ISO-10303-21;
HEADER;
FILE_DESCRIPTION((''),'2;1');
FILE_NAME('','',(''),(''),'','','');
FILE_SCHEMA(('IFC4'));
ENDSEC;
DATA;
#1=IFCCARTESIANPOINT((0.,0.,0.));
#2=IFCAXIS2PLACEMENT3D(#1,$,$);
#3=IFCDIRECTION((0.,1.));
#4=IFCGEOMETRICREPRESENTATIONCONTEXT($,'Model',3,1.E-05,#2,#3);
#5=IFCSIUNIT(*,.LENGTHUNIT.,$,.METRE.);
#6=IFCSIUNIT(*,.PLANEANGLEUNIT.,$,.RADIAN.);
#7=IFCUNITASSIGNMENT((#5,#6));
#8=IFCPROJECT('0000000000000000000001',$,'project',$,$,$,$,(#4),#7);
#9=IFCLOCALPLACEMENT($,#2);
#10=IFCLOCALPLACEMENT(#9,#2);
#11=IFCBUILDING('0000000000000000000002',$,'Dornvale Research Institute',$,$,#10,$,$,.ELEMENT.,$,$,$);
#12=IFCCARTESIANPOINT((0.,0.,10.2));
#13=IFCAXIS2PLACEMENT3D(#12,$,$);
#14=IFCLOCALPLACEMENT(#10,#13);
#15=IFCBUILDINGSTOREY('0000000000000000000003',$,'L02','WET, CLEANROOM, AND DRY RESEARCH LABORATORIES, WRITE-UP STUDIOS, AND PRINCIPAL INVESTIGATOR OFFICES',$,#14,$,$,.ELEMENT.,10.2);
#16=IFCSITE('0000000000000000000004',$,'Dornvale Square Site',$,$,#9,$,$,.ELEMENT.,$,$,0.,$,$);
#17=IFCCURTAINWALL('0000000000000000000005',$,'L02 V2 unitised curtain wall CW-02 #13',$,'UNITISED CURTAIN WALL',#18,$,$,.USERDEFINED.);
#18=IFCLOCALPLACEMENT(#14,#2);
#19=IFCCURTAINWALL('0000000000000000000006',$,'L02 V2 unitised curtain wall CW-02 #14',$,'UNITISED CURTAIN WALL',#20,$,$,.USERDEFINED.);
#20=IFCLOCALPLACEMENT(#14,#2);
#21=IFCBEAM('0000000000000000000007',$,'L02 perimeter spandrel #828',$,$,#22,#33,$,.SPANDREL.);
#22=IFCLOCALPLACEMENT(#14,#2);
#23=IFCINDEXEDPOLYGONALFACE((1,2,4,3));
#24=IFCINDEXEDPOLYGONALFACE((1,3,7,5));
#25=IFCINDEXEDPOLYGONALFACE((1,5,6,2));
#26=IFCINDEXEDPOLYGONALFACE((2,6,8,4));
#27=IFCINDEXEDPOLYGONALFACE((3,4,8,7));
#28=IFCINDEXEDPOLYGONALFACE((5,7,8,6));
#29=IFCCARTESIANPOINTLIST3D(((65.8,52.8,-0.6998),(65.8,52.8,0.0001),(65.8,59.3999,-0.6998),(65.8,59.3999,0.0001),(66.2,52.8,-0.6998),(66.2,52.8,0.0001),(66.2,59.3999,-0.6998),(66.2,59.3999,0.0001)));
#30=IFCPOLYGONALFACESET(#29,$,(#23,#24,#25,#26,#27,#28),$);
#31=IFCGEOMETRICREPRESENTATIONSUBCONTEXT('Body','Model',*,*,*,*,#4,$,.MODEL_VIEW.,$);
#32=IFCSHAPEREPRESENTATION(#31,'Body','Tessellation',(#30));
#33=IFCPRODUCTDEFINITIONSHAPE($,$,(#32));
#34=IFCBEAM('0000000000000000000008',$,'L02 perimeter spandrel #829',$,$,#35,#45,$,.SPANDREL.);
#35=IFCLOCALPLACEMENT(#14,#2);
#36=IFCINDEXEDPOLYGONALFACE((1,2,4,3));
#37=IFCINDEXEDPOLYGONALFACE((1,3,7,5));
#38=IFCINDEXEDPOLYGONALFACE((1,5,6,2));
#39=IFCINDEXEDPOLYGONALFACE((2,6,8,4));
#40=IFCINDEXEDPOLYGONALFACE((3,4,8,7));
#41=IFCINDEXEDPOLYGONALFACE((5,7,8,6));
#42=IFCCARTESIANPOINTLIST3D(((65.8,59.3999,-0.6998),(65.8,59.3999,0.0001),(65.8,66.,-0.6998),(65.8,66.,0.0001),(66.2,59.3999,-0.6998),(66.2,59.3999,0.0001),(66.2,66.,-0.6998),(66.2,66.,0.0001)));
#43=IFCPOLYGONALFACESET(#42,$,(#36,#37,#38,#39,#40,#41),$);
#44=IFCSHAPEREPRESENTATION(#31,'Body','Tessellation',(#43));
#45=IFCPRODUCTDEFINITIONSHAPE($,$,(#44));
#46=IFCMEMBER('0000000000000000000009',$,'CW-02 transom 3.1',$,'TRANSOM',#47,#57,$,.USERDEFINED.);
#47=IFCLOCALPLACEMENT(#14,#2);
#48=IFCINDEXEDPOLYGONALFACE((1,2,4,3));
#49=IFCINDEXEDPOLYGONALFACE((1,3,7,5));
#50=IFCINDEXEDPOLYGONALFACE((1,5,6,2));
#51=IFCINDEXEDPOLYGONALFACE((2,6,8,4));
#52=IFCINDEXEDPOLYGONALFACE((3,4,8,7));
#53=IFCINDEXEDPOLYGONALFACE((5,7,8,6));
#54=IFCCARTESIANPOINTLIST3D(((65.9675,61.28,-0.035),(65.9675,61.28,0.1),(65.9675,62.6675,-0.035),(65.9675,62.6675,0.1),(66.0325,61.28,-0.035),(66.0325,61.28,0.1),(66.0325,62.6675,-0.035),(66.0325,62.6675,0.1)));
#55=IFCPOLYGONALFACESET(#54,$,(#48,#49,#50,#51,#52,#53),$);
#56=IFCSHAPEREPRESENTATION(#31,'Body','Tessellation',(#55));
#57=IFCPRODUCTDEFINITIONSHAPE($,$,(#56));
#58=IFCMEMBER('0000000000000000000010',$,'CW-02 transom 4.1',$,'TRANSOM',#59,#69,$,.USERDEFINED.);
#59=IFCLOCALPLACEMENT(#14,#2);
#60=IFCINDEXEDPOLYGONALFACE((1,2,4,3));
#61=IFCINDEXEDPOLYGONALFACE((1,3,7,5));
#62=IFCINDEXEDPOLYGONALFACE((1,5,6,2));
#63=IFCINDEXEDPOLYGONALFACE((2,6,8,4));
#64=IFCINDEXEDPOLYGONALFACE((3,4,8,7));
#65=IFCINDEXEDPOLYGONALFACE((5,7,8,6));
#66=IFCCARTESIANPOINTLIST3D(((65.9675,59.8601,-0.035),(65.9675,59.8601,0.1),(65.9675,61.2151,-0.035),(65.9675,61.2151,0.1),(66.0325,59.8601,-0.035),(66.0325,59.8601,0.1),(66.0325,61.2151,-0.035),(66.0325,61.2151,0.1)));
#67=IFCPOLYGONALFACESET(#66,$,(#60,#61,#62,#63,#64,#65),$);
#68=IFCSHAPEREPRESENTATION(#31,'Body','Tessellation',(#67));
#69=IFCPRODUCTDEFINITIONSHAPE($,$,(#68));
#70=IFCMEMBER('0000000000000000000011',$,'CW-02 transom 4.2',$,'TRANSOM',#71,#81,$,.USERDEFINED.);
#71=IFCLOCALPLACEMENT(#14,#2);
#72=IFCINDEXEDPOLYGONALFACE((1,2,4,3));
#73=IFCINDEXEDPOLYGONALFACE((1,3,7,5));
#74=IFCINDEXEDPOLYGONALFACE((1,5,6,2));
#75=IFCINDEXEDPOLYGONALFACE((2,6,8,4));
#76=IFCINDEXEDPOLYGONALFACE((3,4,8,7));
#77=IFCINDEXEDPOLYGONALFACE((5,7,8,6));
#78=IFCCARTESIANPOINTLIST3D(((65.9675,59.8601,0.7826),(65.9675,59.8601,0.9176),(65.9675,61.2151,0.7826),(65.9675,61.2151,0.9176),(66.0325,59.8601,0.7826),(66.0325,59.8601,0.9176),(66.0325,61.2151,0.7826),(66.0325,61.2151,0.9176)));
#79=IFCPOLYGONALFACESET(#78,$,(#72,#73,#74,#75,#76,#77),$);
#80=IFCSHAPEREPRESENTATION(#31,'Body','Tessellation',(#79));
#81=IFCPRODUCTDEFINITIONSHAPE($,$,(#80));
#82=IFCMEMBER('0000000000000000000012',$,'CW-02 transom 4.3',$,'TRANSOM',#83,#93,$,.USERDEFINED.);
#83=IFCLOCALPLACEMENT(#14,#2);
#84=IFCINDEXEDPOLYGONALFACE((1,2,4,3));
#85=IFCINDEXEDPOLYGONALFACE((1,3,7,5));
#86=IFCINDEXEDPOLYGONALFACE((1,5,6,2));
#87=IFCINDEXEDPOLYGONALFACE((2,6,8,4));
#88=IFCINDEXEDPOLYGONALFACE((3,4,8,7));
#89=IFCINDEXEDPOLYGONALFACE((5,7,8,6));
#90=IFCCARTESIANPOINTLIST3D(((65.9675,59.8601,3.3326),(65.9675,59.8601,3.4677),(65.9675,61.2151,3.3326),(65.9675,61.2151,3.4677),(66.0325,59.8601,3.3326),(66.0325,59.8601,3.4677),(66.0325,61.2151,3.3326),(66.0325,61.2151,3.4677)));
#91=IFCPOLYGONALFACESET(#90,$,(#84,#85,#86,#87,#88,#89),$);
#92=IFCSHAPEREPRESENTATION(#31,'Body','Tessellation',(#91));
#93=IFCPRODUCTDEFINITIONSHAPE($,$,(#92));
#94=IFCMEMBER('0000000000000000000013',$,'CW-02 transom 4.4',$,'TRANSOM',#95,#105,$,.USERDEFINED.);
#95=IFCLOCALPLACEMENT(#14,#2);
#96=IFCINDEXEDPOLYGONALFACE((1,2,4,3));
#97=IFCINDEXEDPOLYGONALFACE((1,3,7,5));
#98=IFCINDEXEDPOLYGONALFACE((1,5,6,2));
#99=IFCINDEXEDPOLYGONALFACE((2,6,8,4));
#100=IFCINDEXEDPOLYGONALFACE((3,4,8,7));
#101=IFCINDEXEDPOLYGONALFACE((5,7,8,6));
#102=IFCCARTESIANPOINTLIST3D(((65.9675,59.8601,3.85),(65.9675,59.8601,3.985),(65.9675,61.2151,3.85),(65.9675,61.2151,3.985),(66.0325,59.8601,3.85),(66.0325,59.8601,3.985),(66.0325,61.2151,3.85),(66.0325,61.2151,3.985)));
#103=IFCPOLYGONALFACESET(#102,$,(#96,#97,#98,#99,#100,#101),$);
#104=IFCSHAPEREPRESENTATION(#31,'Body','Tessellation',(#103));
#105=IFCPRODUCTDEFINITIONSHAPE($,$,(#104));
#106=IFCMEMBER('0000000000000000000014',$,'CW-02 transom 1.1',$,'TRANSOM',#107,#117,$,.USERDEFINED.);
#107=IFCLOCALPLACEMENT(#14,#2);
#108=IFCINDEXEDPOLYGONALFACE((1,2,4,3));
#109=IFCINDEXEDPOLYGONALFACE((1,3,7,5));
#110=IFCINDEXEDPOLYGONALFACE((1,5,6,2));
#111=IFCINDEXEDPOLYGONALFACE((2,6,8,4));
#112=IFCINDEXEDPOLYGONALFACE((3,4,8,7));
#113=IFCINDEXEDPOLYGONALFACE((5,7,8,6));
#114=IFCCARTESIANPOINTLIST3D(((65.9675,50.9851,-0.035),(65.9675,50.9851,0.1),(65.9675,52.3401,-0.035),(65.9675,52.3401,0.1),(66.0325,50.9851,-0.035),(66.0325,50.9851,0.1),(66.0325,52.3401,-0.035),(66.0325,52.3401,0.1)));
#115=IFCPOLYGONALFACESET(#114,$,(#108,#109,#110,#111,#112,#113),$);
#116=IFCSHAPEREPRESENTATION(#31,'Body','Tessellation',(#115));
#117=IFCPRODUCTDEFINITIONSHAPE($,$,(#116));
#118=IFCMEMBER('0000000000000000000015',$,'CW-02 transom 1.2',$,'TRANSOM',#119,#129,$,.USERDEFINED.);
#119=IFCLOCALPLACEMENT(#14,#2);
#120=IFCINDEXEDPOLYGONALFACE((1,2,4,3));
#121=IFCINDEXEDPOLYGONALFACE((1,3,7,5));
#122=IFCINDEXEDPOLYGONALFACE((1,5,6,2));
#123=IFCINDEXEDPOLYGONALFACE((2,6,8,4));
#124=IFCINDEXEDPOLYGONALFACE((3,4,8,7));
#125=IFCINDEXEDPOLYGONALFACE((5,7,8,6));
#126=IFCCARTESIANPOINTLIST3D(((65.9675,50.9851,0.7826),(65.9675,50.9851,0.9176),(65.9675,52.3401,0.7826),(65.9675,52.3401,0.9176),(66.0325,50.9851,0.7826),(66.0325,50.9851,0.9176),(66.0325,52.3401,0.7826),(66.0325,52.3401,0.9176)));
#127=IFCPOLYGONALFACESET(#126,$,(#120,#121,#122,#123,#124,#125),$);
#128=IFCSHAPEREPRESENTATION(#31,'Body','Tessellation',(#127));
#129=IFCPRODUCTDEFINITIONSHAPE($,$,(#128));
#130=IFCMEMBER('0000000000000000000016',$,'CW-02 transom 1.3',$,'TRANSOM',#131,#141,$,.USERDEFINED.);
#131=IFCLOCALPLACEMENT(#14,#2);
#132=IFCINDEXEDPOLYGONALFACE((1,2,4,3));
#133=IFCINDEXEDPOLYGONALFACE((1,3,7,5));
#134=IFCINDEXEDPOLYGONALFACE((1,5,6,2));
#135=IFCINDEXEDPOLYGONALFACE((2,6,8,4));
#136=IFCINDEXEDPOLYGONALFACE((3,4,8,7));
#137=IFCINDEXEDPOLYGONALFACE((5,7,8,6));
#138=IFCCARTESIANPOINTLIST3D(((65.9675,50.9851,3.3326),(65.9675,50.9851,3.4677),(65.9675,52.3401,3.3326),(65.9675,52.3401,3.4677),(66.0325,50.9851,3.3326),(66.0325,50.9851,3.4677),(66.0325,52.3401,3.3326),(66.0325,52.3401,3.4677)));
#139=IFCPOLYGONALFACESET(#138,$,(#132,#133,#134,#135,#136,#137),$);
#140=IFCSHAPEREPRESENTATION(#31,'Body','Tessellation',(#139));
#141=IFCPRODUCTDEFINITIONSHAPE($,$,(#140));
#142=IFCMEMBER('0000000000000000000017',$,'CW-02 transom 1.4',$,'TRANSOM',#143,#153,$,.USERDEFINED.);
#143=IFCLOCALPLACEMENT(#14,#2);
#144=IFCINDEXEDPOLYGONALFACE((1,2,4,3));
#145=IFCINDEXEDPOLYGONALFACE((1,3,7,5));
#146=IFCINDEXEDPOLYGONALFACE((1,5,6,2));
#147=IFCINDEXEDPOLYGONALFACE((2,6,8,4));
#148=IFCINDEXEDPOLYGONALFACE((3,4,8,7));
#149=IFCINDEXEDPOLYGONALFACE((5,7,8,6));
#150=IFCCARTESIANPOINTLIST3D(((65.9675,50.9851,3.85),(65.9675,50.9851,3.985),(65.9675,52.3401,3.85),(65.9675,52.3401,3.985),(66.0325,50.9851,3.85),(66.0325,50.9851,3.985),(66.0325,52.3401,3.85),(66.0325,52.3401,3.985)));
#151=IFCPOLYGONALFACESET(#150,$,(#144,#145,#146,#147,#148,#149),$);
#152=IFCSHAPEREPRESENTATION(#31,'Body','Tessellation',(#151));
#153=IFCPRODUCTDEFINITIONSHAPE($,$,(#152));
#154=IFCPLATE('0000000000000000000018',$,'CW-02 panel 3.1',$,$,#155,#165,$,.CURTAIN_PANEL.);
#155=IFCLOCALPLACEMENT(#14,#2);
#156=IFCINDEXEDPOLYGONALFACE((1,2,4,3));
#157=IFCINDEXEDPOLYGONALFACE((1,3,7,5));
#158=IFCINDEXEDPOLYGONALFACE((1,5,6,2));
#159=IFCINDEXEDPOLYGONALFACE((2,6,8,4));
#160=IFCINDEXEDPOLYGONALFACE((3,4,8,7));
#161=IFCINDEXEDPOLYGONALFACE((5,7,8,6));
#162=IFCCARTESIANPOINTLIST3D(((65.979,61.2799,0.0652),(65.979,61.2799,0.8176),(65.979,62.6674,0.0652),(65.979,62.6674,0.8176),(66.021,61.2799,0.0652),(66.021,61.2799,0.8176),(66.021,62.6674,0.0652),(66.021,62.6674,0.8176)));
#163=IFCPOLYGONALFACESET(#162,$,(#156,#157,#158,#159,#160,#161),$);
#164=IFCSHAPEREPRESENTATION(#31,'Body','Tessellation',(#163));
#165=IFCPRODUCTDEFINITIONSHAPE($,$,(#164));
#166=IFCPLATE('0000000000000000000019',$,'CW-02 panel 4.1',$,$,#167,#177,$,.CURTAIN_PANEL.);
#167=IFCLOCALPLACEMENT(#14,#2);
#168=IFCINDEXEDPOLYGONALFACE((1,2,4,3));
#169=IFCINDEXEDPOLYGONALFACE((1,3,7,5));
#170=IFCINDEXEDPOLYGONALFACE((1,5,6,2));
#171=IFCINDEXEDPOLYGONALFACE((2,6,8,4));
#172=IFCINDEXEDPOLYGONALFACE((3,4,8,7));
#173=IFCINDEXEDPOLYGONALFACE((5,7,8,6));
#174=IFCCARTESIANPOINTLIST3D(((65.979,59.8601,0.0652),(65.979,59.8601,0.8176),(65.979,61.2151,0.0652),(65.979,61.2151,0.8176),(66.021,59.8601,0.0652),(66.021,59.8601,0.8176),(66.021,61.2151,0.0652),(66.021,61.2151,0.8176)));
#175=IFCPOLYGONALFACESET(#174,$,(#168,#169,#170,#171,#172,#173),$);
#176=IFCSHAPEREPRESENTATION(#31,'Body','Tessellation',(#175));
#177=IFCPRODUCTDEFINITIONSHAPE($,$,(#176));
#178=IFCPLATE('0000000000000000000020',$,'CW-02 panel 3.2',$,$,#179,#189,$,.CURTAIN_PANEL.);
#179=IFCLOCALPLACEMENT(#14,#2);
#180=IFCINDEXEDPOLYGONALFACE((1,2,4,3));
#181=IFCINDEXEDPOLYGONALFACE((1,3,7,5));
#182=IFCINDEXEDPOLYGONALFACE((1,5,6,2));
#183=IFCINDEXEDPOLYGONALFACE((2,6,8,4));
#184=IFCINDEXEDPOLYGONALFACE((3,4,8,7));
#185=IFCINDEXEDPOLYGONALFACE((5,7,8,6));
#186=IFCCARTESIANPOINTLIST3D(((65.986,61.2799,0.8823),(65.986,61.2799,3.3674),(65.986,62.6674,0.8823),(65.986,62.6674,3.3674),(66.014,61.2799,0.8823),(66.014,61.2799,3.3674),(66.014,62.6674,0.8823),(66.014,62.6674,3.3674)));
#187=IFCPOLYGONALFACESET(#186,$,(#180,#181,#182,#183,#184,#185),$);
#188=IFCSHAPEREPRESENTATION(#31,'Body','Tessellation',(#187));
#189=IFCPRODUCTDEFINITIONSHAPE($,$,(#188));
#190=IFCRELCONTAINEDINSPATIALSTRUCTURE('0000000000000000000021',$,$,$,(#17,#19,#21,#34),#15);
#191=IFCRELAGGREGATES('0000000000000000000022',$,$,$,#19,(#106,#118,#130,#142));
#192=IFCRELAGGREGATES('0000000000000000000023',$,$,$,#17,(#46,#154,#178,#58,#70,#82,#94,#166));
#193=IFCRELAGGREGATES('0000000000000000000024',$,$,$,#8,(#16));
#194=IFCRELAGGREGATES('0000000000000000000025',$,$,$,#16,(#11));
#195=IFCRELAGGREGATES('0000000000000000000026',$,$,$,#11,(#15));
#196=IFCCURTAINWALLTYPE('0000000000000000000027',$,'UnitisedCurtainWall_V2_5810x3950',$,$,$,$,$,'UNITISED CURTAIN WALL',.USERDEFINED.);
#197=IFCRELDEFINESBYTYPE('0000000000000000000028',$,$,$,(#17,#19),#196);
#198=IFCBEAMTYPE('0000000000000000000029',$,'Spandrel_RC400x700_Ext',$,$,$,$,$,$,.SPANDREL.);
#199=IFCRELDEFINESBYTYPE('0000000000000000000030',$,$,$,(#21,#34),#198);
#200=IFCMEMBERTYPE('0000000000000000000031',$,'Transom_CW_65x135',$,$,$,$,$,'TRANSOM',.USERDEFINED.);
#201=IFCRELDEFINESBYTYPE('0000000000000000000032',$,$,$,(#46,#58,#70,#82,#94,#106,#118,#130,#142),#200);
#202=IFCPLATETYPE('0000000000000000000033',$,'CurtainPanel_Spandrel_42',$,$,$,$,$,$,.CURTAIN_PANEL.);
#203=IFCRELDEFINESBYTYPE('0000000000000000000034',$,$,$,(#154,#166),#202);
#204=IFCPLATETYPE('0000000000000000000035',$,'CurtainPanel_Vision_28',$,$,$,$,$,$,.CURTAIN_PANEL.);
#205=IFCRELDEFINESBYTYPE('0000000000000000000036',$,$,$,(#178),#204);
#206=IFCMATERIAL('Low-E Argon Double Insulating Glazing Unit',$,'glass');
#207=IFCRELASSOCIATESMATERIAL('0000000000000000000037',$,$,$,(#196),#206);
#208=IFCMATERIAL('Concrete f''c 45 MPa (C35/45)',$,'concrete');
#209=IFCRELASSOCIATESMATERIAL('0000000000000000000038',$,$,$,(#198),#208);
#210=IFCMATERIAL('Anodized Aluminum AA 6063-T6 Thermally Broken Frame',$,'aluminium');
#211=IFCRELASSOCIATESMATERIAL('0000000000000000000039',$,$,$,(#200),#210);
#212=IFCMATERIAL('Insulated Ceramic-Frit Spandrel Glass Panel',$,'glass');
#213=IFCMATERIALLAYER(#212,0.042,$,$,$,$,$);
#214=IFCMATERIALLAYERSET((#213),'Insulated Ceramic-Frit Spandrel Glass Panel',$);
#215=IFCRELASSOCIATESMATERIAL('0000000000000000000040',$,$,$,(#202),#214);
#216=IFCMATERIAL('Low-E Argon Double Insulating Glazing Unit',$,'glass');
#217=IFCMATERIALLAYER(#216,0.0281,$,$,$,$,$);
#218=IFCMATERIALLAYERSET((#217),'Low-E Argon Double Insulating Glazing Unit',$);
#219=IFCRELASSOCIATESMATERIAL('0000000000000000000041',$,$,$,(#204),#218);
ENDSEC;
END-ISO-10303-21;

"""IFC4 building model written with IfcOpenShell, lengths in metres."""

from ifc_helpers import new_model, si_unit, direction, frame, origin, origin_2d, place, context, subcontext, project, spatial, rectangle, extrude, material, layer, layer_set, material_profile, profile_set, type_object, element, aggregate, save


model = new_model("IFC4")

# Units and contexts
model_context = context("Model", 3, precision=1e-05, world=origin(), true_north=direction((0.0, 1.0)))
body_context = subcontext(model_context, "Body", "Model", "MODEL_VIEW")
ifc_project = project(units=[si_unit("LENGTHUNIT", "METRE"), si_unit("PLANEANGLEUNIT", "RADIAN")], contexts=[model_context])

# Site, building, storey
site_placement = place(None, origin())
site = spatial("IfcSite", under=ifc_project, at=site_placement, Name="Dornvale Square Site", CompositionType="ELEMENT", RefElevation=0.0)
building_placement = place(site_placement, origin())
building = spatial("IfcBuilding", under=site, at=building_placement, Name="Dornvale Research Institute", CompositionType="ELEMENT")
storey_placement = place(building_placement, frame((0.0, 0.0, 10.2)))
storey = spatial("IfcBuildingStorey", under=building, at=storey_placement, Name="L02", Description="WET, CLEANROOM, AND DRY RESEARCH LABORATORIES, WRITE-UP STUDIOS, AND PRINCIPAL INVESTIGATOR OFFICES", CompositionType="ELEMENT", Elevation=10.2)

# Curtain wall
ifc_material_1 = material(Name="Low-E Argon Double Insulating Glazing Unit", Category="glass")
curtain_wall_type = type_object("IfcCurtainWallType", Name="UnitisedCurtainWall_V2_5810x3950", ElementType="UNITISED CURTAIN WALL", PredefinedType="USERDEFINED", material=ifc_material_1)
curtain_wall_1_placement = place(storey_placement, origin())
curtain_wall_1 = element("IfcCurtainWall", 1, at=curtain_wall_1_placement, inside=storey, type_object=curtain_wall_type, Name="L02 V2 unitised curtain wall CW-02 #13", ObjectType="UNITISED CURTAIN WALL", PredefinedType="USERDEFINED")

# Curtain wall
curtain_wall_2_placement = place(storey_placement, origin())
curtain_wall_2 = element("IfcCurtainWall", 2, at=curtain_wall_2_placement, inside=storey, type_object=curtain_wall_type, Name="L02 V2 unitised curtain wall CW-02 #14", ObjectType="UNITISED CURTAIN WALL", PredefinedType="USERDEFINED")

# Beams
ifc_material_2 = material(Name="Concrete f'c 45 MPa (C35/45)", Category="concrete")
ifc_material_profile_1 = material_profile(ifc_material_2, rectangle(XDim=0.3999, YDim=0.7, at=origin_2d()), Name="RC 400x700")
ifc_profile_set_1 = profile_set([ifc_material_profile_1], Name="Concrete f'c 45 MPa (C35/45)")
beam_type_1 = type_object("IfcBeamType", Name="Spandrel_RC400x700_Ext", PredefinedType="SPANDREL", material=ifc_profile_set_1)
beam_1_placement = place(storey_placement, frame((66.0, 52.8, -0.3499), z_axis=(0.0, 1.0, 0.0), x_axis=(-1.0, 0.0, 0.0)))
element("IfcBeam", 3, at=beam_1_placement, inside=storey, type_object=beam_type_1, Name="L02 perimeter spandrel #828", PredefinedType="SPANDREL", context=body_context, shape_type="SweptSolid", body=[
    extrude(rectangle(XDim=0.3999, YDim=0.7, at=origin_2d()), origin(), (0.0, 0.0, 1.0), 6.5999),
])
beam_2_placement = place(storey_placement, frame((66.0, 59.3999, -0.3499), z_axis=(0.0, 1.0, 0.0), x_axis=(-1.0, 0.0, 0.0)))
element("IfcBeam", 4, at=beam_2_placement, inside=storey, type_object=beam_type_1, Name="L02 perimeter spandrel #829", PredefinedType="SPANDREL", context=body_context, shape_type="SweptSolid", body=[
    extrude(rectangle(XDim=0.3999, YDim=0.7, at=origin_2d()), origin(), (0.0, 0.0, 1.0), 6.6001),
])

# Members
ifc_material_3 = material(Name="Anodized Aluminum AA 6063-T6 Thermally Broken Frame", Category="aluminium")
ifc_material_profile_2 = material_profile(ifc_material_3, rectangle(XDim=0.0649, YDim=0.135, at=origin_2d()), Name="ALU TRANSOM 65x135")
ifc_profile_set_2 = profile_set([ifc_material_profile_2], Name="Anodized Aluminum AA 6063-T6 Thermally Broken Frame")
member_type_1 = type_object("IfcMemberType", Name="Transom_CW_65x135", ElementType="TRANSOM", PredefinedType="USERDEFINED", material=ifc_profile_set_2)
member_1_placement = place(storey_placement, frame((66.0, 62.6675, 0.0325), z_axis=(0.0, -1.0, 0.0), x_axis=(1.0, 0.0, 0.0)))
member_1 = element("IfcMember", 5, at=member_1_placement, type_object=member_type_1, Name="CW-02 transom 3.1", ObjectType="TRANSOM", PredefinedType="USERDEFINED", context=body_context, shape_type="SweptSolid", body=[
    extrude(rectangle(XDim=0.0649, YDim=0.135, at=origin_2d()), origin(), (0.0, 0.0, 1.0), 1.3875),
])
member_2_placement = place(storey_placement, frame((66.0, 61.2151, 0.0325), z_axis=(0.0, -1.0, 0.0), x_axis=(1.0, 0.0, 0.0)))
member_2 = element("IfcMember", 6, at=member_2_placement, type_object=member_type_1, Name="CW-02 transom 4.1", ObjectType="TRANSOM", PredefinedType="USERDEFINED", context=body_context, shape_type="SweptSolid", body=[
    extrude(rectangle(XDim=0.0649, YDim=0.135, at=origin_2d()), origin(), (0.0, 0.0, 1.0), 1.355),
])
member_3_placement = place(storey_placement, frame((66.0, 61.2151, 0.8501), z_axis=(0.0, -1.0, 0.0), x_axis=(1.0, 0.0, 0.0)))
member_3 = element("IfcMember", 7, at=member_3_placement, type_object=member_type_1, Name="CW-02 transom 4.2", ObjectType="TRANSOM", PredefinedType="USERDEFINED", context=body_context, shape_type="SweptSolid", body=[
    extrude(rectangle(XDim=0.0649, YDim=0.135, at=origin_2d()), origin(), (0.0, 0.0, 1.0), 1.355),
])
member_4_placement = place(storey_placement, frame((66.0, 61.2151, 3.4001), z_axis=(0.0, -1.0, 0.0), x_axis=(1.0, 0.0, 0.0)))
member_4 = element("IfcMember", 8, at=member_4_placement, type_object=member_type_1, Name="CW-02 transom 4.3", ObjectType="TRANSOM", PredefinedType="USERDEFINED", context=body_context, shape_type="SweptSolid", body=[
    extrude(rectangle(XDim=0.0649, YDim=0.135, at=origin_2d()), origin(), (0.0, 0.0, 1.0), 1.355),
])
member_5_placement = place(storey_placement, frame((66.0, 61.2151, 3.9175), z_axis=(0.0, -1.0, 0.0), x_axis=(1.0, 0.0, 0.0)))
member_5 = element("IfcMember", 9, at=member_5_placement, type_object=member_type_1, Name="CW-02 transom 4.4", ObjectType="TRANSOM", PredefinedType="USERDEFINED", context=body_context, shape_type="SweptSolid", body=[
    extrude(rectangle(XDim=0.0649, YDim=0.135, at=origin_2d()), origin(), (0.0, 0.0, 1.0), 1.355),
])
member_6_placement = place(storey_placement, frame((66.0, 52.3401, 0.0325), z_axis=(0.0, -1.0, 0.0), x_axis=(1.0, 0.0, 0.0)))
member_6 = element("IfcMember", 10, at=member_6_placement, type_object=member_type_1, Name="CW-02 transom 1.1", ObjectType="TRANSOM", PredefinedType="USERDEFINED", context=body_context, shape_type="SweptSolid", body=[
    extrude(rectangle(XDim=0.0649, YDim=0.135, at=origin_2d()), origin(), (0.0, 0.0, 1.0), 1.355),
])
member_7_placement = place(storey_placement, frame((66.0, 52.3401, 0.8501), z_axis=(0.0, -1.0, 0.0), x_axis=(1.0, 0.0, 0.0)))
member_7 = element("IfcMember", 11, at=member_7_placement, type_object=member_type_1, Name="CW-02 transom 1.2", ObjectType="TRANSOM", PredefinedType="USERDEFINED", context=body_context, shape_type="SweptSolid", body=[
    extrude(rectangle(XDim=0.0649, YDim=0.135, at=origin_2d()), origin(), (0.0, 0.0, 1.0), 1.355),
])
member_8_placement = place(storey_placement, frame((66.0, 52.3401, 3.4001), z_axis=(0.0, -1.0, 0.0), x_axis=(1.0, 0.0, 0.0)))
member_8 = element("IfcMember", 12, at=member_8_placement, type_object=member_type_1, Name="CW-02 transom 1.3", ObjectType="TRANSOM", PredefinedType="USERDEFINED", context=body_context, shape_type="SweptSolid", body=[
    extrude(rectangle(XDim=0.0649, YDim=0.135, at=origin_2d()), origin(), (0.0, 0.0, 1.0), 1.355),
])
member_9_placement = place(storey_placement, frame((66.0, 52.3401, 3.9175), z_axis=(0.0, -1.0, 0.0), x_axis=(1.0, 0.0, 0.0)))
member_9 = element("IfcMember", 13, at=member_9_placement, type_object=member_type_1, Name="CW-02 transom 1.4", ObjectType="TRANSOM", PredefinedType="USERDEFINED", context=body_context, shape_type="SweptSolid", body=[
    extrude(rectangle(XDim=0.0649, YDim=0.135, at=origin_2d()), origin(), (0.0, 0.0, 1.0), 1.355),
])
aggregate(curtain_wall_2, [member_6, member_7, member_8, member_9])

# Plates
ifc_material_4 = material(Name="Insulated Ceramic-Frit Spandrel Glass Panel", Category="glass")
ifc_layer_1 = layer(ifc_material_4, 0.042)
ifc_layer_set_1 = layer_set([ifc_layer_1], Name="Insulated Ceramic-Frit Spandrel Glass Panel")
plate_type_1 = type_object("IfcPlateType", Name="CurtainPanel_Spandrel_42", PredefinedType="CURTAIN_PANEL", material=ifc_layer_set_1)
plate_1_placement = place(storey_placement, frame((66.0, 61.9736, 0.0652), z_axis=(0.0, 0.0, 1.0), x_axis=(0.0, -1.0, 0.0)))
plate_1 = element("IfcPlate", 14, at=plate_1_placement, type_object=plate_type_1, Name="CW-02 panel 3.1", PredefinedType="CURTAIN_PANEL", context=body_context, shape_type="SweptSolid", body=[
    extrude(rectangle(XDim=1.3875, YDim=0.042, at=origin_2d()), origin(), (0.0, 0.0, 1.0), 0.7524),
])
plate_2_placement = place(storey_placement, frame((66.0, 60.5376, 0.0652), z_axis=(0.0, 0.0, 1.0), x_axis=(0.0, -1.0, 0.0)))
plate_2 = element("IfcPlate", 15, at=plate_2_placement, type_object=plate_type_1, Name="CW-02 panel 4.1", PredefinedType="CURTAIN_PANEL", context=body_context, shape_type="SweptSolid", body=[
    extrude(rectangle(XDim=1.355, YDim=0.042, at=origin_2d()), origin(), (0.0, 0.0, 1.0), 0.7524),
])
ifc_material_5 = material(Name="Low-E Argon Double Insulating Glazing Unit", Category="glass")
ifc_layer_2 = layer(ifc_material_5, 0.0281)
ifc_layer_set_2 = layer_set([ifc_layer_2], Name="Low-E Argon Double Insulating Glazing Unit")
plate_type_2 = type_object("IfcPlateType", Name="CurtainPanel_Vision_28", PredefinedType="CURTAIN_PANEL", material=ifc_layer_set_2)
plate_3_placement = place(storey_placement, frame((66.0, 61.9736, 0.8823), z_axis=(0.0, 0.0, 1.0), x_axis=(0.0, -1.0, 0.0)))
plate_3 = element("IfcPlate", 16, at=plate_3_placement, type_object=plate_type_2, Name="CW-02 panel 3.2", PredefinedType="CURTAIN_PANEL", context=body_context, shape_type="SweptSolid", body=[
    extrude(rectangle(XDim=1.3875, YDim=0.0281, at=origin_2d()), origin(), (0.0, 0.0, 1.0), 2.4851),
])
aggregate(curtain_wall_1, [member_1, plate_1, plate_3, member_2, member_3, member_4, member_5, plate_2])

save(model, "model.ifc")
